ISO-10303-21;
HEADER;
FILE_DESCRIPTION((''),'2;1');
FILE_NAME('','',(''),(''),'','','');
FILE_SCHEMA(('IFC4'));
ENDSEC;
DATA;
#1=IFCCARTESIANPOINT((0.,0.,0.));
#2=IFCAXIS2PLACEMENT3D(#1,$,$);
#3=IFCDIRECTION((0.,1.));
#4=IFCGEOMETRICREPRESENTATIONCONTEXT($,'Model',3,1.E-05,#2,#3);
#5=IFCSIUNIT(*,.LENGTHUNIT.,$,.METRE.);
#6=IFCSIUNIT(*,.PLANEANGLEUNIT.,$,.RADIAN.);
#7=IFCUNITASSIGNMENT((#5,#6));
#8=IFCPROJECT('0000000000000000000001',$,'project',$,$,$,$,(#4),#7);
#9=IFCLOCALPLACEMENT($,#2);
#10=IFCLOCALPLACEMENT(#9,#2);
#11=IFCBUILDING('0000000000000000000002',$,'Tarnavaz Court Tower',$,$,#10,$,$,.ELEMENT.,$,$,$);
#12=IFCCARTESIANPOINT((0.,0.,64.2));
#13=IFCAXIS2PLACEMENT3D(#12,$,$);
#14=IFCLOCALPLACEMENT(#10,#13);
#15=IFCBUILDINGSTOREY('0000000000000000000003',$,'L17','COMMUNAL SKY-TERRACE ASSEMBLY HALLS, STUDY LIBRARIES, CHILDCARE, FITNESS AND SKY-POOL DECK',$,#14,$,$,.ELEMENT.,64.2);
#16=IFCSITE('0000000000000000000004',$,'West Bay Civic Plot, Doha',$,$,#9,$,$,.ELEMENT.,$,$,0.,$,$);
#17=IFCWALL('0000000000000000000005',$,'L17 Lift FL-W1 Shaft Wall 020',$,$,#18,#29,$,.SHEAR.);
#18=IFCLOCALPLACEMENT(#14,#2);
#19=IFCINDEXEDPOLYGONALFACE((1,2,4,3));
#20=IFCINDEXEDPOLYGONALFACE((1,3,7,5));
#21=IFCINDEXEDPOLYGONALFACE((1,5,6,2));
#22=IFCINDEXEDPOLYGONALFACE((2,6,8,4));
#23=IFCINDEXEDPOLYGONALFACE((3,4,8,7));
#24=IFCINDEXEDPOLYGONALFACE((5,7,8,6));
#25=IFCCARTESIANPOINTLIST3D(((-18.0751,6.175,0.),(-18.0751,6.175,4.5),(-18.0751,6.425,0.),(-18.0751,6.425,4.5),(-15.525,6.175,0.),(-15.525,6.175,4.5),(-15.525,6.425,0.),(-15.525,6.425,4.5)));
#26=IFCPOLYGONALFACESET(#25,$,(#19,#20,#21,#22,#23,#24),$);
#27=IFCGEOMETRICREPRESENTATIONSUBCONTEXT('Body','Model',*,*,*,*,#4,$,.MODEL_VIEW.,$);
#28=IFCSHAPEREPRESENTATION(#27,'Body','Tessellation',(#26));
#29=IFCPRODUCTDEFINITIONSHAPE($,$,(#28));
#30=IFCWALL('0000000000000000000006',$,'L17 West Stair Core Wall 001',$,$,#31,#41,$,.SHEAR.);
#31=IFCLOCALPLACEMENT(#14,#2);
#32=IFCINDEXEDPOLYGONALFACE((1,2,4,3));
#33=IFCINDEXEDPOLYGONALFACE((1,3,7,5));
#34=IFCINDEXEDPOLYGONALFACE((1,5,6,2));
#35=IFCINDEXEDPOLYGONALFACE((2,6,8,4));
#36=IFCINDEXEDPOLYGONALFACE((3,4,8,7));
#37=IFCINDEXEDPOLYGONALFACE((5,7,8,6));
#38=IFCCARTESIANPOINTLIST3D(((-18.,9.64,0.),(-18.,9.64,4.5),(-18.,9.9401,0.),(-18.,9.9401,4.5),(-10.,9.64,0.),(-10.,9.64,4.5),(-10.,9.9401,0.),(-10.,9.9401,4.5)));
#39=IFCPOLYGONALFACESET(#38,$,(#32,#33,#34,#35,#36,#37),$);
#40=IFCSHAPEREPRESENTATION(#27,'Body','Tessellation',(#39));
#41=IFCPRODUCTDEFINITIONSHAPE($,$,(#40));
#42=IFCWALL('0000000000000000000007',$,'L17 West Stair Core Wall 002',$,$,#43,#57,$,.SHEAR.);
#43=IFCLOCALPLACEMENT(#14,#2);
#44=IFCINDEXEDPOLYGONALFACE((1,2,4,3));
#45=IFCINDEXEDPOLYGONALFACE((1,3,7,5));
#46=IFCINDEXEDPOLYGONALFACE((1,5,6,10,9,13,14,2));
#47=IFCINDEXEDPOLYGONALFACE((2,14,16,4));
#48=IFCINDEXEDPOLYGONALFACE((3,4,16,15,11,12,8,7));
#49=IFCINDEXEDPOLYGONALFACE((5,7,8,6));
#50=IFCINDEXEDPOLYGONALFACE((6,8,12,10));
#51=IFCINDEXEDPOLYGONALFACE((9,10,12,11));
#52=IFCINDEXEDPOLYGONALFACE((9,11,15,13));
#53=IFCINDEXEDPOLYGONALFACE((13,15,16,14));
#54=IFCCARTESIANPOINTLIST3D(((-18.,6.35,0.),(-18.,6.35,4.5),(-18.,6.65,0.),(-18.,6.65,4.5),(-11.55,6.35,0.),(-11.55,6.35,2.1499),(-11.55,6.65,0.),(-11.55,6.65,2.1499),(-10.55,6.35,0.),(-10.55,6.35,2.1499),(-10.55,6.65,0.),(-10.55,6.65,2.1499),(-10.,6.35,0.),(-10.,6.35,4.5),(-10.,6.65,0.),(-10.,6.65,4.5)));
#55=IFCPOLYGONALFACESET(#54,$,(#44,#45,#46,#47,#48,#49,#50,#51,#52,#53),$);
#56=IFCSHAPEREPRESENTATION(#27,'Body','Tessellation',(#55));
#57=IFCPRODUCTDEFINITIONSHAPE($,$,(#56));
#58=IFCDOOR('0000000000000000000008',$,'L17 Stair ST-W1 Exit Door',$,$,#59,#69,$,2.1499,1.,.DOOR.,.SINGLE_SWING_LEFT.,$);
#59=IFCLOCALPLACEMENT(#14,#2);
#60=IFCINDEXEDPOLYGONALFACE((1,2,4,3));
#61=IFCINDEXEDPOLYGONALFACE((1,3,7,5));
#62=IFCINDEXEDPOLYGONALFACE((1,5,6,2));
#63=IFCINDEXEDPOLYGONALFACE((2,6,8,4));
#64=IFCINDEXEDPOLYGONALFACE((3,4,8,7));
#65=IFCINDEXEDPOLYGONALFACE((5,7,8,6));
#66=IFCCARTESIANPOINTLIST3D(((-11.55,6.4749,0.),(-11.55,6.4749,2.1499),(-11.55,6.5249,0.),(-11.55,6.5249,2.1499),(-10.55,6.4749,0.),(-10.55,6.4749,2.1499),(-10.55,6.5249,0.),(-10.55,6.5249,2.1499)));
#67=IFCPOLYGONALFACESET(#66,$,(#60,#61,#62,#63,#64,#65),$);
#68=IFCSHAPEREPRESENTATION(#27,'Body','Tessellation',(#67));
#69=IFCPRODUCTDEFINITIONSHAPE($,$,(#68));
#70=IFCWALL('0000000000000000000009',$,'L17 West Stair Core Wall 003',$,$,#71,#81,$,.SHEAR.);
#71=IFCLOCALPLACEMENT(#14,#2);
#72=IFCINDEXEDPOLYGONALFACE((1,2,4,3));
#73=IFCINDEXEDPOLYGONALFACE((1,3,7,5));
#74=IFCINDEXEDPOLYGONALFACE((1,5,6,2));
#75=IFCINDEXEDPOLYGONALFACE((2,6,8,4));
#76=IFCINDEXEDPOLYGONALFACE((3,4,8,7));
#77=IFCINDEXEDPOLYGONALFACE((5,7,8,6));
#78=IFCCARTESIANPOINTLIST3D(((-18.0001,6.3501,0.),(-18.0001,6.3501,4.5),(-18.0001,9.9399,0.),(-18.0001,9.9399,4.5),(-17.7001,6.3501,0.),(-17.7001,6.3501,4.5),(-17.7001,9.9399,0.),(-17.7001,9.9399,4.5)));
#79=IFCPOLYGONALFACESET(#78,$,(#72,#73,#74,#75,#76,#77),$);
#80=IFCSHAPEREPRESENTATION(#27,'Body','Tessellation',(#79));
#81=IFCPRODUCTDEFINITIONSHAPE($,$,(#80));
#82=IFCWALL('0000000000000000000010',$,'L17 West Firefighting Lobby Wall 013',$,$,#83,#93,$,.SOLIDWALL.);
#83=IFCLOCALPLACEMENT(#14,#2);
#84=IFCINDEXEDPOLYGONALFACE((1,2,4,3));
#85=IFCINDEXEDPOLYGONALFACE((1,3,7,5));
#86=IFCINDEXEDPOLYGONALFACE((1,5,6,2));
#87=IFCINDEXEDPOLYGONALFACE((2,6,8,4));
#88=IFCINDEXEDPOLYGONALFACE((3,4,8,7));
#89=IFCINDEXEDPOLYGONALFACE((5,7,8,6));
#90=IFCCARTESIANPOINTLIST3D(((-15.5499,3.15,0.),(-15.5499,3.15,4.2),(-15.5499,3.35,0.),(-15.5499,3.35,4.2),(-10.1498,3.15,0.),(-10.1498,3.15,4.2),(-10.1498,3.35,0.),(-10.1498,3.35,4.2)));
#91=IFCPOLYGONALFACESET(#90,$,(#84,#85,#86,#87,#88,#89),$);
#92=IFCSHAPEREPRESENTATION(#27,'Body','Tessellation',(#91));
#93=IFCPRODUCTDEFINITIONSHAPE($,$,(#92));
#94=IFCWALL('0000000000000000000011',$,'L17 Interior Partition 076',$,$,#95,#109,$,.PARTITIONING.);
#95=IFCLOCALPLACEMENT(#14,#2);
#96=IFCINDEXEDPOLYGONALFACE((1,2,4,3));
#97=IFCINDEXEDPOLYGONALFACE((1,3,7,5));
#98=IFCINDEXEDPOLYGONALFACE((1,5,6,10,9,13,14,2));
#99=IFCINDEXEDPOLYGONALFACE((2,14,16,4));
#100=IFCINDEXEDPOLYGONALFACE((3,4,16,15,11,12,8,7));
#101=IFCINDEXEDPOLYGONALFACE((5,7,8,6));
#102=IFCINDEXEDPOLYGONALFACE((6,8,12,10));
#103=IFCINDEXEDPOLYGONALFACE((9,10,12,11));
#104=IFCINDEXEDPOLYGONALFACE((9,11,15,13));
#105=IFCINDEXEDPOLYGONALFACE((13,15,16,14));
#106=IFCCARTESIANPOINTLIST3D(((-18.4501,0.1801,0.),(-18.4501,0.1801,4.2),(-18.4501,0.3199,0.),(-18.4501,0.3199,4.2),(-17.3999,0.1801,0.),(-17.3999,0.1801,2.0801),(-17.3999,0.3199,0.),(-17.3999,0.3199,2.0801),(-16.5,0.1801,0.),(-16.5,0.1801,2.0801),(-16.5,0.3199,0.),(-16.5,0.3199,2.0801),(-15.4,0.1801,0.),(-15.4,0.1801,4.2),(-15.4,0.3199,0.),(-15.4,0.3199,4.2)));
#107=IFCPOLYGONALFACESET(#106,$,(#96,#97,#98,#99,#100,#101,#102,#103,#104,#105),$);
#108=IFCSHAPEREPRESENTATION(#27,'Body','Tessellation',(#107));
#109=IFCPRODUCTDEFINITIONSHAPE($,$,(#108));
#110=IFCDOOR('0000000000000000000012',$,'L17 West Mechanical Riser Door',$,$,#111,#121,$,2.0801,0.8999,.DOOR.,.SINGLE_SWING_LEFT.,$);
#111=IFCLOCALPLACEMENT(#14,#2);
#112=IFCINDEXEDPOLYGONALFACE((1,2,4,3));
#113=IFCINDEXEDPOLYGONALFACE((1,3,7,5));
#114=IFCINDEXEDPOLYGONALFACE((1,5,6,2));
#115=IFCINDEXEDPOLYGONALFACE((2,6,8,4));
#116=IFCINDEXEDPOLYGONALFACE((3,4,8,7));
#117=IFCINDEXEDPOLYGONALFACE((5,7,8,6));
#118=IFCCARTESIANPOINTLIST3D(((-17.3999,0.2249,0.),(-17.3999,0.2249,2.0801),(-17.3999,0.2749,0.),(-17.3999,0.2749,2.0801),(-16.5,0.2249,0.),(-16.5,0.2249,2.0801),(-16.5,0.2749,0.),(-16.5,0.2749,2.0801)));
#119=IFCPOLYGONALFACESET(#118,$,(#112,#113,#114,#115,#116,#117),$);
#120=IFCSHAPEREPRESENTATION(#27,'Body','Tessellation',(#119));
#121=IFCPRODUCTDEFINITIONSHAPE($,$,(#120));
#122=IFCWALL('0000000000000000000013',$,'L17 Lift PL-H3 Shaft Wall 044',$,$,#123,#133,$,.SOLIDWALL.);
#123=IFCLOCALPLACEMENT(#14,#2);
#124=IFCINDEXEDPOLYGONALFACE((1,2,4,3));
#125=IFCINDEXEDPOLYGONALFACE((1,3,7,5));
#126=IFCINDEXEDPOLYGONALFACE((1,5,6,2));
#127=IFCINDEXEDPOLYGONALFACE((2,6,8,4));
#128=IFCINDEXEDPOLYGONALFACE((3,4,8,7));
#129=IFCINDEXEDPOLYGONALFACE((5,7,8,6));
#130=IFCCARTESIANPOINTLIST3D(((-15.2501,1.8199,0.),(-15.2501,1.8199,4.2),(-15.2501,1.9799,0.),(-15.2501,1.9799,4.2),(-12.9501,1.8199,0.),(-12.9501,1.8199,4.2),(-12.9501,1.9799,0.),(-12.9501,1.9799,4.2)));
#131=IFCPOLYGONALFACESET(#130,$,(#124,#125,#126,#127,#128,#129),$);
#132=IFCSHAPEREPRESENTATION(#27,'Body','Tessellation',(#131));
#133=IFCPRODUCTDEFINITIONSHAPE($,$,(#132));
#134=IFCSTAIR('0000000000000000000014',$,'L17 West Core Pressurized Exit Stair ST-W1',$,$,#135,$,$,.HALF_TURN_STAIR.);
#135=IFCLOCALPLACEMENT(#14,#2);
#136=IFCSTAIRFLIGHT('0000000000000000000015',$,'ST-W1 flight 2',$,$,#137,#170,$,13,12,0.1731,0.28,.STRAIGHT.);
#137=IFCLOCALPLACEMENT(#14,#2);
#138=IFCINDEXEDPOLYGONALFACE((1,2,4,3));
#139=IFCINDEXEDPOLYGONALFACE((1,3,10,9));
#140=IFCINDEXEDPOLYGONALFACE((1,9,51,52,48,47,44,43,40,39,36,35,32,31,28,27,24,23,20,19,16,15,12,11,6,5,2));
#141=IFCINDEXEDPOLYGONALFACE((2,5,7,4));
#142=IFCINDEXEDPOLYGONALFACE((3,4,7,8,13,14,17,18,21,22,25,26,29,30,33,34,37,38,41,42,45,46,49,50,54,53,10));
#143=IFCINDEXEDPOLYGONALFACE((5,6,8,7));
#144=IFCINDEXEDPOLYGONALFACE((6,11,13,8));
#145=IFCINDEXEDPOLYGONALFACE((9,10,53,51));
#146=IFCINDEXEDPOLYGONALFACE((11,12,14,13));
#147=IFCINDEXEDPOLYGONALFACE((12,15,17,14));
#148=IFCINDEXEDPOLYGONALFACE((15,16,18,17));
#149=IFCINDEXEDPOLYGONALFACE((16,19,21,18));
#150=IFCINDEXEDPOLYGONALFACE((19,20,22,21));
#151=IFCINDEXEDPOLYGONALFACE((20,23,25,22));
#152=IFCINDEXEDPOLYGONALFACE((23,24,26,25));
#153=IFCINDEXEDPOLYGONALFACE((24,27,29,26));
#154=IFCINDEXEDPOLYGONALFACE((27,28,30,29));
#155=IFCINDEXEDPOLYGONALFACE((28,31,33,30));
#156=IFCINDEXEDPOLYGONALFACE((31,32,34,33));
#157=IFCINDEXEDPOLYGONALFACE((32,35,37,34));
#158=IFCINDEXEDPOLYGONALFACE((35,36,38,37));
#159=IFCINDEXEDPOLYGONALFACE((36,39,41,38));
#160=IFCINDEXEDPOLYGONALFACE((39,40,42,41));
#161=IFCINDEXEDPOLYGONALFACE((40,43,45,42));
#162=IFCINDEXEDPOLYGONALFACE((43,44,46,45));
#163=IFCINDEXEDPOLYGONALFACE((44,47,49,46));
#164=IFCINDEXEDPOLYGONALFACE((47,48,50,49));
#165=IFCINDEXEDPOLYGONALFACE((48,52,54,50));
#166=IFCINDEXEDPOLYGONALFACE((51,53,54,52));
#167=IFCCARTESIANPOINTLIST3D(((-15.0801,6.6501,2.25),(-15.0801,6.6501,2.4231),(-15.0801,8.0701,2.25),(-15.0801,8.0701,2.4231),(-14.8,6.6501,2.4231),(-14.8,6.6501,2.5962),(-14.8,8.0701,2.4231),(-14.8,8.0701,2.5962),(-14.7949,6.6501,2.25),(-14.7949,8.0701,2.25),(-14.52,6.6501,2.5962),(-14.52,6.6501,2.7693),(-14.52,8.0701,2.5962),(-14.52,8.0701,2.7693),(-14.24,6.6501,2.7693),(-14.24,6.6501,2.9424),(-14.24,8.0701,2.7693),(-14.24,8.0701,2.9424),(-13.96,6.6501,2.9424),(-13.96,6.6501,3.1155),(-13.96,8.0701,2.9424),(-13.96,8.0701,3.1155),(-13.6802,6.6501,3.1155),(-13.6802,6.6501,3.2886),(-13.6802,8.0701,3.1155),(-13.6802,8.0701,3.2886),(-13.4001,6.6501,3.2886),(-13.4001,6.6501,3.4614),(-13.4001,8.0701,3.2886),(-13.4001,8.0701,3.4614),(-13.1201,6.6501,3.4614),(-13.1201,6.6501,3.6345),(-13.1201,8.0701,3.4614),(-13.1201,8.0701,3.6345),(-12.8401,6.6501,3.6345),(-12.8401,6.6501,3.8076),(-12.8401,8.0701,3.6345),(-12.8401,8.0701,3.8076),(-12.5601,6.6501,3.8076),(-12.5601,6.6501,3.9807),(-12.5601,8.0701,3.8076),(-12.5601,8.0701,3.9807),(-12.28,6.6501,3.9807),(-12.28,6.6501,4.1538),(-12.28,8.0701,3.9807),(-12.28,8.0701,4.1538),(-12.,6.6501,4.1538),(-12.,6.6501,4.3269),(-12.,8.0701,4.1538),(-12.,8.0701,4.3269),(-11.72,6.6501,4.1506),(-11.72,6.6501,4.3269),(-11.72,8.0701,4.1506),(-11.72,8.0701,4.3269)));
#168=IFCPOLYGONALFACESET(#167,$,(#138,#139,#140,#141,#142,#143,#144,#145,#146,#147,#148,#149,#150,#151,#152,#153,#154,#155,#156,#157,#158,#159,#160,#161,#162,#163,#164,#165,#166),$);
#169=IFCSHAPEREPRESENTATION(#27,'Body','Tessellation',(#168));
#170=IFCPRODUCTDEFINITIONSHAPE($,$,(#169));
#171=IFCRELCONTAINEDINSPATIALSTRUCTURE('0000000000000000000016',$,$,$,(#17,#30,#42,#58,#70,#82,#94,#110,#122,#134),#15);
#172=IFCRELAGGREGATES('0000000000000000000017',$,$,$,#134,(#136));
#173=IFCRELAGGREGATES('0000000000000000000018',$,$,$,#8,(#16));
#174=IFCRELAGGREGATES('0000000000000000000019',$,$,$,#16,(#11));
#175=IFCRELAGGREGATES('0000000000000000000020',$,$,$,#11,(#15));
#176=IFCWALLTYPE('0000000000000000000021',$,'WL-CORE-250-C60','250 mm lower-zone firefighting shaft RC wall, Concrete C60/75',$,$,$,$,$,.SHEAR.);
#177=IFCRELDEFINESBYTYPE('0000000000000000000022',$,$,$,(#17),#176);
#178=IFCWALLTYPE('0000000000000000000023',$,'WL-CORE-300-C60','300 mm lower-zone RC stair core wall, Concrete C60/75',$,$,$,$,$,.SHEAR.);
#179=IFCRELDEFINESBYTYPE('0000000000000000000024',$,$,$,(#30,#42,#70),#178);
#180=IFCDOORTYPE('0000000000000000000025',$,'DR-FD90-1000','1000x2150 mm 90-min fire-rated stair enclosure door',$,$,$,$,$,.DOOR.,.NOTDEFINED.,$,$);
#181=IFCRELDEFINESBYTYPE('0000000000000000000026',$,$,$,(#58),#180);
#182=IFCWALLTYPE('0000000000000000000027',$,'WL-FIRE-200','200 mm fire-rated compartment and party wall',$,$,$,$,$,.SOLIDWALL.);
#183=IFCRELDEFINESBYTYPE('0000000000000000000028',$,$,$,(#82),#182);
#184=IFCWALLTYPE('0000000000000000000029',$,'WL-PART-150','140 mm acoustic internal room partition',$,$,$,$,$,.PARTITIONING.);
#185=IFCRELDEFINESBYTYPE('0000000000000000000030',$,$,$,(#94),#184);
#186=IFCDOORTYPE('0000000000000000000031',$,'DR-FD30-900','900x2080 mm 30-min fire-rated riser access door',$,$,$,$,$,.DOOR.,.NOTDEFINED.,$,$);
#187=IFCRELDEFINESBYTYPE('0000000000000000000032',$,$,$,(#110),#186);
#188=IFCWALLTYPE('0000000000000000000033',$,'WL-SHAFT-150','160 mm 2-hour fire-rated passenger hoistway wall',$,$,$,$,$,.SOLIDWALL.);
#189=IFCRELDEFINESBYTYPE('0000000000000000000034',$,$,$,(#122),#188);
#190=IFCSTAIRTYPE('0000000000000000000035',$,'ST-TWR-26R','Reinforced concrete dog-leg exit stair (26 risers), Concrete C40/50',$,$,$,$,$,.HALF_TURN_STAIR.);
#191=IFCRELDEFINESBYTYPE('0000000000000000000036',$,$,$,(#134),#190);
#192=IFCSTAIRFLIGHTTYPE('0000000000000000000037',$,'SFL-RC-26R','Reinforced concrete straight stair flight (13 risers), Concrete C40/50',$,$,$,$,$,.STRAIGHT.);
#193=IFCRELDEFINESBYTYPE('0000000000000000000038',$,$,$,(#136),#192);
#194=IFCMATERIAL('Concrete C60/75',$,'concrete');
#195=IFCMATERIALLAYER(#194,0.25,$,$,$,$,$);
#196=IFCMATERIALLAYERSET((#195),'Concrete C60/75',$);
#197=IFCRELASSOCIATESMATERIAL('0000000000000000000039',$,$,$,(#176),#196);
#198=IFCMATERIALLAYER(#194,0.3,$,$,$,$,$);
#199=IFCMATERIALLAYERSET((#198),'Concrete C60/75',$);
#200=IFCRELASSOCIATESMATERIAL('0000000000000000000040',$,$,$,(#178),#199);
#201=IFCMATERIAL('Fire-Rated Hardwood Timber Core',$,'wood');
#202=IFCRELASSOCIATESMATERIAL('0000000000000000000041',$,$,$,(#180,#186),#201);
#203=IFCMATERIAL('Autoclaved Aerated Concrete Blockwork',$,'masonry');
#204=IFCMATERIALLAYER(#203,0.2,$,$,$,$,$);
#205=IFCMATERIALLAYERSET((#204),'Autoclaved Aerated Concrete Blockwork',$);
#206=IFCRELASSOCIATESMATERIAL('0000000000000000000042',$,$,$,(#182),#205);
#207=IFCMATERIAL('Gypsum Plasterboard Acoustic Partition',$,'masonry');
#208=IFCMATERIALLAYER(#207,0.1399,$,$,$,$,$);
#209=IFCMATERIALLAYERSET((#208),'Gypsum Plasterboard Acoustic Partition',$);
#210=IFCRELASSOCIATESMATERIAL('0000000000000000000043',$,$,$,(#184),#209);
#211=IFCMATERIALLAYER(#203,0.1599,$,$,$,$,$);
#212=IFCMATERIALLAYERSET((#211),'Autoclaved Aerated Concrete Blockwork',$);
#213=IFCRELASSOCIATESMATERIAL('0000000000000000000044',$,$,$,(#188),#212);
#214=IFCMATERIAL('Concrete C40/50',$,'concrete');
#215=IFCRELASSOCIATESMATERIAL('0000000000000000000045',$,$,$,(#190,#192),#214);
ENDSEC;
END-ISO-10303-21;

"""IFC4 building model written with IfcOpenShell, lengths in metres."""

from ifc_helpers import new_model, si_unit, direction, frame, frame_2d, origin, place, context, subcontext, project, spatial, polyline, rectangle, outline, extrude, material, layer, layer_set, type_object, element, fill, aggregate, save


model = new_model("IFC4")

# Units and contexts
model_context = context("Model", 3, precision=1e-05, world=origin(), true_north=direction((0.0, 1.0)))
body_context = subcontext(model_context, "Body", "Model", "MODEL_VIEW")
ifc_project = project(units=[si_unit("LENGTHUNIT", "METRE"), si_unit("PLANEANGLEUNIT", "RADIAN")], contexts=[model_context])

# Site, building, storey
site_placement = place(None, origin())
site = spatial("IfcSite", under=ifc_project, at=site_placement, Name="West Bay Civic Plot, Doha", CompositionType="ELEMENT", RefElevation=0.0)
building_placement = place(site_placement, origin())
building = spatial("IfcBuilding", under=site, at=building_placement, Name="Tarnavaz Court Tower", CompositionType="ELEMENT")
storey_placement = place(building_placement, frame((0.0, 0.0, 64.2)))
storey = spatial("IfcBuildingStorey", under=building, at=storey_placement, Name="L17", Description="COMMUNAL SKY-TERRACE ASSEMBLY HALLS, STUDY LIBRARIES, CHILDCARE, FITNESS AND SKY-POOL DECK", CompositionType="ELEMENT", Elevation=64.2)

# Shared definitions
ifc_material_1 = material(Name="Concrete C60/75", Category="concrete")

# Shared definitions
ifc_layer_1 = layer(ifc_material_1, 0.25)
ifc_layer_set_1 = layer_set([ifc_layer_1], Name="Concrete C60/75")
wall_type_1 = type_object("IfcWallType", Name="WL-CORE-250-C60", Description="250 mm lower-zone firefighting shaft RC wall, Concrete C60/75", PredefinedType="SHEAR", material=ifc_layer_set_1)

# Walls
for number, where, z_axis, x_axis, name in (
    (1, (-18.075, 6.3, 0.0), (0.0, 0.0, 1.0), (1.0, 0.0, 0.0), "L17 Lift FL-W1 Shaft Wall 020"),
):
    element("IfcWall", number, at=place(storey_placement, frame(where, z_axis=z_axis, x_axis=x_axis)), inside=storey, type_object=wall_type_1, Name=name, PredefinedType="SHEAR", context=body_context, shape_type="SweptSolid", body=[
        extrude(rectangle(XDim=2.55, YDim=0.25, at=frame_2d((1.2749, 0.0))), origin(), (0.0, 0.0, 1.0), 4.5),
    ])
ifc_layer_2 = layer(ifc_material_1, 0.3)
ifc_layer_set_2 = layer_set([ifc_layer_2], Name="Concrete C60/75")
wall_type_2 = type_object("IfcWallType", Name="WL-CORE-300-C60", Description="300 mm lower-zone RC stair core wall, Concrete C60/75", PredefinedType="SHEAR", material=ifc_layer_set_2)
wall_1_placement = place(storey_placement, frame((-18.0, 9.79, 0.0), z_axis=(0.0, 0.0, 1.0), x_axis=(1.0, 0.0, 0.0)))
element("IfcWall", 2, at=wall_1_placement, inside=storey, type_object=wall_type_2, Name="L17 West Stair Core Wall 001", PredefinedType="SHEAR", context=body_context, shape_type="SweptSolid", body=[
    extrude(rectangle(XDim=8.0, YDim=0.3, at=frame_2d((4.0, 0.0))), origin(), (0.0, 0.0, 1.0), 4.5),
])

# Wall, opening, door
wall_2_placement = place(storey_placement, frame((-18.0, 6.5, 0.0), z_axis=(0.0, 0.0, 1.0), x_axis=(1.0, 0.0, 0.0)))
wall_2 = element("IfcWall", 3, at=wall_2_placement, inside=storey, type_object=wall_type_2, Name="L17 West Stair Core Wall 002", PredefinedType="SHEAR", context=body_context, shape_type="SweptSolid", body=[
    extrude(rectangle(XDim=8.0, YDim=0.3, at=frame_2d((4.0, 0.0))), origin(), (0.0, 0.0, 1.0), 4.5),
])
opening_1_placement = place(wall_2_placement, frame((6.45, 0.0, 0.0)))
opening_1 = element("IfcOpeningElement", 4, at=opening_1_placement, cuts=wall_2, PredefinedType="OPENING", context=body_context, shape_type="SweptSolid", body=[
    extrude(rectangle(XDim=1.0, YDim=2.1499, at=frame_2d((0.5, 1.075))), frame((0.0, 0.1599, 0.0), z_axis=(0.0, -1.0, 0.0), x_axis=(1.0, 0.0, 0.0)), (0.0, 0.0, 1.0), 0.3201),
])
ifc_material_2 = material(Name="Fire-Rated Hardwood Timber Core", Category="wood")
door_type_1 = type_object("IfcDoorType", Name="DR-FD90-1000", Description="1000x2150 mm 90-min fire-rated stair enclosure door", OperationType="NOTDEFINED", PredefinedType="DOOR", material=ifc_material_2)
door_1_placement = place(opening_1_placement, origin())
door_1 = element("IfcDoor", 5, at=door_1_placement, inside=storey, type_object=door_type_1, Name="L17 Stair ST-W1 Exit Door", OperationType="SINGLE_SWING_LEFT", OverallHeight=2.1499, OverallWidth=1.0, PredefinedType="DOOR", context=body_context, shape_type="SweptSolid", body=[
    extrude(rectangle(XDim=1.0, YDim=2.1499, at=frame_2d((0.5, 1.075))), frame((0.0, 0.0249, 0.0), z_axis=(0.0, -1.0, 0.0), x_axis=(1.0, 0.0, 0.0)), (0.0, 0.0, 1.0), 0.05),
])
fill(opening_1, door_1)

# Walls
wall_3_placement = place(storey_placement, frame((-17.8501, 6.3501, 0.0), z_axis=(0.0, 0.0, 1.0), x_axis=(0.0, 1.0, 0.0)))
element("IfcWall", 6, at=wall_3_placement, inside=storey, type_object=wall_type_2, Name="L17 West Stair Core Wall 003", PredefinedType="SHEAR", context=body_context, shape_type="SweptSolid", body=[
    extrude(rectangle(XDim=3.5898, YDim=0.3, at=frame_2d((1.7949, 0.0))), origin(), (0.0, 0.0, 1.0), 4.5),
])
ifc_material_3 = material(Name="Autoclaved Aerated Concrete Blockwork", Category="masonry")
ifc_layer_3 = layer(ifc_material_3, 0.2)
ifc_layer_set_3 = layer_set([ifc_layer_3], Name="Autoclaved Aerated Concrete Blockwork")
wall_type_3 = type_object("IfcWallType", Name="WL-FIRE-200", Description="200 mm fire-rated compartment and party wall", PredefinedType="SOLIDWALL", material=ifc_layer_set_3)
wall_4_placement = place(storey_placement, frame((-15.55, 3.25, 0.0), z_axis=(0.0, 0.0, 1.0), x_axis=(1.0, 0.0, 0.0)))
element("IfcWall", 7, at=wall_4_placement, inside=storey, type_object=wall_type_3, Name="L17 West Firefighting Lobby Wall 013", PredefinedType="SOLIDWALL", context=body_context, shape_type="SweptSolid", body=[
    extrude(rectangle(XDim=5.4001, YDim=0.2, at=frame_2d((2.7002, 0.0))), origin(), (0.0, 0.0, 1.0), 4.2),
])

# Wall, opening, door
ifc_material_4 = material(Name="Gypsum Plasterboard Acoustic Partition", Category="masonry")
ifc_layer_4 = layer(ifc_material_4, 0.1399)
ifc_layer_set_4 = layer_set([ifc_layer_4], Name="Gypsum Plasterboard Acoustic Partition")
wall_type_4 = type_object("IfcWallType", Name="WL-PART-150", Description="140 mm acoustic internal room partition", PredefinedType="PARTITIONING", material=ifc_layer_set_4)
wall_5_placement = place(storey_placement, frame((-18.45, 0.25, 0.0), z_axis=(0.0, 0.0, 1.0), x_axis=(1.0, 0.0, 0.0)))
wall_5 = element("IfcWall", 8, at=wall_5_placement, inside=storey, type_object=wall_type_4, Name="L17 Interior Partition 076", PredefinedType="PARTITIONING", context=body_context, shape_type="SweptSolid", body=[
    extrude(rectangle(XDim=3.05, YDim=0.1399, at=frame_2d((1.5249, 0.0))), origin(), (0.0, 0.0, 1.0), 4.2),
])
opening_2_placement = place(wall_5_placement, frame((1.05, 0.0, 0.0)))
opening_2 = element("IfcOpeningElement", 9, at=opening_2_placement, cuts=wall_5, PredefinedType="OPENING", context=body_context, shape_type="SweptSolid", body=[
    extrude(rectangle(XDim=0.8999, YDim=2.0801, at=frame_2d((0.45, 1.04))), frame((0.0, 0.0798, 0.0), z_axis=(0.0, -1.0, 0.0), x_axis=(1.0, 0.0, 0.0)), (0.0, 0.0, 1.0), 0.1599),
])
door_type_2 = type_object("IfcDoorType", Name="DR-FD30-900", Description="900x2080 mm 30-min fire-rated riser access door", OperationType="NOTDEFINED", PredefinedType="DOOR", material=ifc_material_2)
door_2_placement = place(opening_2_placement, origin())
door_2 = element("IfcDoor", 10, at=door_2_placement, inside=storey, type_object=door_type_2, Name="L17 West Mechanical Riser Door", OperationType="SINGLE_SWING_LEFT", OverallHeight=2.0801, OverallWidth=0.8999, PredefinedType="DOOR", context=body_context, shape_type="SweptSolid", body=[
    extrude(rectangle(XDim=0.8999, YDim=2.0801, at=frame_2d((0.45, 1.04))), frame((0.0, 0.0249, 0.0), z_axis=(0.0, -1.0, 0.0), x_axis=(1.0, 0.0, 0.0)), (0.0, 0.0, 1.0), 0.05),
])
fill(opening_2, door_2)

# Wall
ifc_layer_5 = layer(ifc_material_3, 0.1599)
ifc_layer_set_5 = layer_set([ifc_layer_5], Name="Autoclaved Aerated Concrete Blockwork")
wall_type_5 = type_object("IfcWallType", Name="WL-SHAFT-150", Description="160 mm 2-hour fire-rated passenger hoistway wall", PredefinedType="SOLIDWALL", material=ifc_layer_set_5)
wall_6_placement = place(storey_placement, frame((-15.25, 1.8999, 0.0), z_axis=(0.0, 0.0, 1.0), x_axis=(1.0, 0.0, 0.0)))
element("IfcWall", 11, at=wall_6_placement, inside=storey, type_object=wall_type_5, Name="L17 Lift PL-H3 Shaft Wall 044", PredefinedType="SOLIDWALL", context=body_context, shape_type="SweptSolid", body=[
    extrude(rectangle(XDim=2.3, YDim=0.1599, at=frame_2d((1.1499, 0.0))), origin(), (0.0, 0.0, 1.0), 4.2),
])

# Stair, stair flight
ifc_material_5 = material(Name="Concrete C40/50", Category="concrete")
stair_type = type_object("IfcStairType", Name="ST-TWR-26R", Description="Reinforced concrete dog-leg exit stair (26 risers), Concrete C40/50", PredefinedType="HALF_TURN_STAIR", material=ifc_material_5)
stair_placement = place(storey_placement, origin())
stair = element("IfcStair", 12, at=stair_placement, inside=storey, type_object=stair_type, Name="L17 West Core Pressurized Exit Stair ST-W1", PredefinedType="HALF_TURN_STAIR")
stair_flight_type = type_object("IfcStairFlightType", Name="SFL-RC-26R", Description="Reinforced concrete straight stair flight (13 risers), Concrete C40/50", PredefinedType="STRAIGHT", material=ifc_material_5)
stair_flight_placement = place(storey_placement, frame((-15.0801, 7.3601, 2.25), z_axis=(0.0, 0.0, 1.0), x_axis=(1.0, 0.0, 0.0)))
stair_flight = element("IfcStairFlight", 13, at=stair_flight_placement, type_object=stair_flight_type, Name="ST-W1 flight 2", NumberOfRisers=13, NumberOfTreads=12, PredefinedType="STRAIGHT", RiserHeight=0.1731, TreadLength=0.28, context=body_context, shape_type="SweptSolid", body=[
    extrude(outline(polyline([(0.0, 0.0), (0.0, 0.1731), (0.28, 0.1731), (0.28, 0.3462), (0.5601, 0.3462), (0.5601, 0.5193), (0.8401, 0.5193), (0.8401, 0.6924), (1.1201, 0.6924), (1.1201, 0.8655), (1.3999, 0.8655), (1.3999, 1.0386), (1.6799, 1.0386), (1.6799, 1.2114), (1.96, 1.2114), (1.96, 1.3845), (2.24, 1.3845), (2.24, 1.5576), (2.52, 1.5576), (2.52, 1.7307), (2.8, 1.7307), (2.8, 1.9038), (3.0801, 1.9038), (3.0801, 2.0769), (3.3601, 2.0769), (3.3601, 2.25), (3.3601, 1.9006), (0.2852, 0.0), (0.0, 0.0)])), frame((0.0, 0.71, 0.0), z_axis=(0.0, -1.0, 0.0), x_axis=(1.0, 0.0, 0.0)), (0.0, 0.0, 1.0), 1.4199),
])
aggregate(stair, [stair_flight])

save(model, "model.ifc")
